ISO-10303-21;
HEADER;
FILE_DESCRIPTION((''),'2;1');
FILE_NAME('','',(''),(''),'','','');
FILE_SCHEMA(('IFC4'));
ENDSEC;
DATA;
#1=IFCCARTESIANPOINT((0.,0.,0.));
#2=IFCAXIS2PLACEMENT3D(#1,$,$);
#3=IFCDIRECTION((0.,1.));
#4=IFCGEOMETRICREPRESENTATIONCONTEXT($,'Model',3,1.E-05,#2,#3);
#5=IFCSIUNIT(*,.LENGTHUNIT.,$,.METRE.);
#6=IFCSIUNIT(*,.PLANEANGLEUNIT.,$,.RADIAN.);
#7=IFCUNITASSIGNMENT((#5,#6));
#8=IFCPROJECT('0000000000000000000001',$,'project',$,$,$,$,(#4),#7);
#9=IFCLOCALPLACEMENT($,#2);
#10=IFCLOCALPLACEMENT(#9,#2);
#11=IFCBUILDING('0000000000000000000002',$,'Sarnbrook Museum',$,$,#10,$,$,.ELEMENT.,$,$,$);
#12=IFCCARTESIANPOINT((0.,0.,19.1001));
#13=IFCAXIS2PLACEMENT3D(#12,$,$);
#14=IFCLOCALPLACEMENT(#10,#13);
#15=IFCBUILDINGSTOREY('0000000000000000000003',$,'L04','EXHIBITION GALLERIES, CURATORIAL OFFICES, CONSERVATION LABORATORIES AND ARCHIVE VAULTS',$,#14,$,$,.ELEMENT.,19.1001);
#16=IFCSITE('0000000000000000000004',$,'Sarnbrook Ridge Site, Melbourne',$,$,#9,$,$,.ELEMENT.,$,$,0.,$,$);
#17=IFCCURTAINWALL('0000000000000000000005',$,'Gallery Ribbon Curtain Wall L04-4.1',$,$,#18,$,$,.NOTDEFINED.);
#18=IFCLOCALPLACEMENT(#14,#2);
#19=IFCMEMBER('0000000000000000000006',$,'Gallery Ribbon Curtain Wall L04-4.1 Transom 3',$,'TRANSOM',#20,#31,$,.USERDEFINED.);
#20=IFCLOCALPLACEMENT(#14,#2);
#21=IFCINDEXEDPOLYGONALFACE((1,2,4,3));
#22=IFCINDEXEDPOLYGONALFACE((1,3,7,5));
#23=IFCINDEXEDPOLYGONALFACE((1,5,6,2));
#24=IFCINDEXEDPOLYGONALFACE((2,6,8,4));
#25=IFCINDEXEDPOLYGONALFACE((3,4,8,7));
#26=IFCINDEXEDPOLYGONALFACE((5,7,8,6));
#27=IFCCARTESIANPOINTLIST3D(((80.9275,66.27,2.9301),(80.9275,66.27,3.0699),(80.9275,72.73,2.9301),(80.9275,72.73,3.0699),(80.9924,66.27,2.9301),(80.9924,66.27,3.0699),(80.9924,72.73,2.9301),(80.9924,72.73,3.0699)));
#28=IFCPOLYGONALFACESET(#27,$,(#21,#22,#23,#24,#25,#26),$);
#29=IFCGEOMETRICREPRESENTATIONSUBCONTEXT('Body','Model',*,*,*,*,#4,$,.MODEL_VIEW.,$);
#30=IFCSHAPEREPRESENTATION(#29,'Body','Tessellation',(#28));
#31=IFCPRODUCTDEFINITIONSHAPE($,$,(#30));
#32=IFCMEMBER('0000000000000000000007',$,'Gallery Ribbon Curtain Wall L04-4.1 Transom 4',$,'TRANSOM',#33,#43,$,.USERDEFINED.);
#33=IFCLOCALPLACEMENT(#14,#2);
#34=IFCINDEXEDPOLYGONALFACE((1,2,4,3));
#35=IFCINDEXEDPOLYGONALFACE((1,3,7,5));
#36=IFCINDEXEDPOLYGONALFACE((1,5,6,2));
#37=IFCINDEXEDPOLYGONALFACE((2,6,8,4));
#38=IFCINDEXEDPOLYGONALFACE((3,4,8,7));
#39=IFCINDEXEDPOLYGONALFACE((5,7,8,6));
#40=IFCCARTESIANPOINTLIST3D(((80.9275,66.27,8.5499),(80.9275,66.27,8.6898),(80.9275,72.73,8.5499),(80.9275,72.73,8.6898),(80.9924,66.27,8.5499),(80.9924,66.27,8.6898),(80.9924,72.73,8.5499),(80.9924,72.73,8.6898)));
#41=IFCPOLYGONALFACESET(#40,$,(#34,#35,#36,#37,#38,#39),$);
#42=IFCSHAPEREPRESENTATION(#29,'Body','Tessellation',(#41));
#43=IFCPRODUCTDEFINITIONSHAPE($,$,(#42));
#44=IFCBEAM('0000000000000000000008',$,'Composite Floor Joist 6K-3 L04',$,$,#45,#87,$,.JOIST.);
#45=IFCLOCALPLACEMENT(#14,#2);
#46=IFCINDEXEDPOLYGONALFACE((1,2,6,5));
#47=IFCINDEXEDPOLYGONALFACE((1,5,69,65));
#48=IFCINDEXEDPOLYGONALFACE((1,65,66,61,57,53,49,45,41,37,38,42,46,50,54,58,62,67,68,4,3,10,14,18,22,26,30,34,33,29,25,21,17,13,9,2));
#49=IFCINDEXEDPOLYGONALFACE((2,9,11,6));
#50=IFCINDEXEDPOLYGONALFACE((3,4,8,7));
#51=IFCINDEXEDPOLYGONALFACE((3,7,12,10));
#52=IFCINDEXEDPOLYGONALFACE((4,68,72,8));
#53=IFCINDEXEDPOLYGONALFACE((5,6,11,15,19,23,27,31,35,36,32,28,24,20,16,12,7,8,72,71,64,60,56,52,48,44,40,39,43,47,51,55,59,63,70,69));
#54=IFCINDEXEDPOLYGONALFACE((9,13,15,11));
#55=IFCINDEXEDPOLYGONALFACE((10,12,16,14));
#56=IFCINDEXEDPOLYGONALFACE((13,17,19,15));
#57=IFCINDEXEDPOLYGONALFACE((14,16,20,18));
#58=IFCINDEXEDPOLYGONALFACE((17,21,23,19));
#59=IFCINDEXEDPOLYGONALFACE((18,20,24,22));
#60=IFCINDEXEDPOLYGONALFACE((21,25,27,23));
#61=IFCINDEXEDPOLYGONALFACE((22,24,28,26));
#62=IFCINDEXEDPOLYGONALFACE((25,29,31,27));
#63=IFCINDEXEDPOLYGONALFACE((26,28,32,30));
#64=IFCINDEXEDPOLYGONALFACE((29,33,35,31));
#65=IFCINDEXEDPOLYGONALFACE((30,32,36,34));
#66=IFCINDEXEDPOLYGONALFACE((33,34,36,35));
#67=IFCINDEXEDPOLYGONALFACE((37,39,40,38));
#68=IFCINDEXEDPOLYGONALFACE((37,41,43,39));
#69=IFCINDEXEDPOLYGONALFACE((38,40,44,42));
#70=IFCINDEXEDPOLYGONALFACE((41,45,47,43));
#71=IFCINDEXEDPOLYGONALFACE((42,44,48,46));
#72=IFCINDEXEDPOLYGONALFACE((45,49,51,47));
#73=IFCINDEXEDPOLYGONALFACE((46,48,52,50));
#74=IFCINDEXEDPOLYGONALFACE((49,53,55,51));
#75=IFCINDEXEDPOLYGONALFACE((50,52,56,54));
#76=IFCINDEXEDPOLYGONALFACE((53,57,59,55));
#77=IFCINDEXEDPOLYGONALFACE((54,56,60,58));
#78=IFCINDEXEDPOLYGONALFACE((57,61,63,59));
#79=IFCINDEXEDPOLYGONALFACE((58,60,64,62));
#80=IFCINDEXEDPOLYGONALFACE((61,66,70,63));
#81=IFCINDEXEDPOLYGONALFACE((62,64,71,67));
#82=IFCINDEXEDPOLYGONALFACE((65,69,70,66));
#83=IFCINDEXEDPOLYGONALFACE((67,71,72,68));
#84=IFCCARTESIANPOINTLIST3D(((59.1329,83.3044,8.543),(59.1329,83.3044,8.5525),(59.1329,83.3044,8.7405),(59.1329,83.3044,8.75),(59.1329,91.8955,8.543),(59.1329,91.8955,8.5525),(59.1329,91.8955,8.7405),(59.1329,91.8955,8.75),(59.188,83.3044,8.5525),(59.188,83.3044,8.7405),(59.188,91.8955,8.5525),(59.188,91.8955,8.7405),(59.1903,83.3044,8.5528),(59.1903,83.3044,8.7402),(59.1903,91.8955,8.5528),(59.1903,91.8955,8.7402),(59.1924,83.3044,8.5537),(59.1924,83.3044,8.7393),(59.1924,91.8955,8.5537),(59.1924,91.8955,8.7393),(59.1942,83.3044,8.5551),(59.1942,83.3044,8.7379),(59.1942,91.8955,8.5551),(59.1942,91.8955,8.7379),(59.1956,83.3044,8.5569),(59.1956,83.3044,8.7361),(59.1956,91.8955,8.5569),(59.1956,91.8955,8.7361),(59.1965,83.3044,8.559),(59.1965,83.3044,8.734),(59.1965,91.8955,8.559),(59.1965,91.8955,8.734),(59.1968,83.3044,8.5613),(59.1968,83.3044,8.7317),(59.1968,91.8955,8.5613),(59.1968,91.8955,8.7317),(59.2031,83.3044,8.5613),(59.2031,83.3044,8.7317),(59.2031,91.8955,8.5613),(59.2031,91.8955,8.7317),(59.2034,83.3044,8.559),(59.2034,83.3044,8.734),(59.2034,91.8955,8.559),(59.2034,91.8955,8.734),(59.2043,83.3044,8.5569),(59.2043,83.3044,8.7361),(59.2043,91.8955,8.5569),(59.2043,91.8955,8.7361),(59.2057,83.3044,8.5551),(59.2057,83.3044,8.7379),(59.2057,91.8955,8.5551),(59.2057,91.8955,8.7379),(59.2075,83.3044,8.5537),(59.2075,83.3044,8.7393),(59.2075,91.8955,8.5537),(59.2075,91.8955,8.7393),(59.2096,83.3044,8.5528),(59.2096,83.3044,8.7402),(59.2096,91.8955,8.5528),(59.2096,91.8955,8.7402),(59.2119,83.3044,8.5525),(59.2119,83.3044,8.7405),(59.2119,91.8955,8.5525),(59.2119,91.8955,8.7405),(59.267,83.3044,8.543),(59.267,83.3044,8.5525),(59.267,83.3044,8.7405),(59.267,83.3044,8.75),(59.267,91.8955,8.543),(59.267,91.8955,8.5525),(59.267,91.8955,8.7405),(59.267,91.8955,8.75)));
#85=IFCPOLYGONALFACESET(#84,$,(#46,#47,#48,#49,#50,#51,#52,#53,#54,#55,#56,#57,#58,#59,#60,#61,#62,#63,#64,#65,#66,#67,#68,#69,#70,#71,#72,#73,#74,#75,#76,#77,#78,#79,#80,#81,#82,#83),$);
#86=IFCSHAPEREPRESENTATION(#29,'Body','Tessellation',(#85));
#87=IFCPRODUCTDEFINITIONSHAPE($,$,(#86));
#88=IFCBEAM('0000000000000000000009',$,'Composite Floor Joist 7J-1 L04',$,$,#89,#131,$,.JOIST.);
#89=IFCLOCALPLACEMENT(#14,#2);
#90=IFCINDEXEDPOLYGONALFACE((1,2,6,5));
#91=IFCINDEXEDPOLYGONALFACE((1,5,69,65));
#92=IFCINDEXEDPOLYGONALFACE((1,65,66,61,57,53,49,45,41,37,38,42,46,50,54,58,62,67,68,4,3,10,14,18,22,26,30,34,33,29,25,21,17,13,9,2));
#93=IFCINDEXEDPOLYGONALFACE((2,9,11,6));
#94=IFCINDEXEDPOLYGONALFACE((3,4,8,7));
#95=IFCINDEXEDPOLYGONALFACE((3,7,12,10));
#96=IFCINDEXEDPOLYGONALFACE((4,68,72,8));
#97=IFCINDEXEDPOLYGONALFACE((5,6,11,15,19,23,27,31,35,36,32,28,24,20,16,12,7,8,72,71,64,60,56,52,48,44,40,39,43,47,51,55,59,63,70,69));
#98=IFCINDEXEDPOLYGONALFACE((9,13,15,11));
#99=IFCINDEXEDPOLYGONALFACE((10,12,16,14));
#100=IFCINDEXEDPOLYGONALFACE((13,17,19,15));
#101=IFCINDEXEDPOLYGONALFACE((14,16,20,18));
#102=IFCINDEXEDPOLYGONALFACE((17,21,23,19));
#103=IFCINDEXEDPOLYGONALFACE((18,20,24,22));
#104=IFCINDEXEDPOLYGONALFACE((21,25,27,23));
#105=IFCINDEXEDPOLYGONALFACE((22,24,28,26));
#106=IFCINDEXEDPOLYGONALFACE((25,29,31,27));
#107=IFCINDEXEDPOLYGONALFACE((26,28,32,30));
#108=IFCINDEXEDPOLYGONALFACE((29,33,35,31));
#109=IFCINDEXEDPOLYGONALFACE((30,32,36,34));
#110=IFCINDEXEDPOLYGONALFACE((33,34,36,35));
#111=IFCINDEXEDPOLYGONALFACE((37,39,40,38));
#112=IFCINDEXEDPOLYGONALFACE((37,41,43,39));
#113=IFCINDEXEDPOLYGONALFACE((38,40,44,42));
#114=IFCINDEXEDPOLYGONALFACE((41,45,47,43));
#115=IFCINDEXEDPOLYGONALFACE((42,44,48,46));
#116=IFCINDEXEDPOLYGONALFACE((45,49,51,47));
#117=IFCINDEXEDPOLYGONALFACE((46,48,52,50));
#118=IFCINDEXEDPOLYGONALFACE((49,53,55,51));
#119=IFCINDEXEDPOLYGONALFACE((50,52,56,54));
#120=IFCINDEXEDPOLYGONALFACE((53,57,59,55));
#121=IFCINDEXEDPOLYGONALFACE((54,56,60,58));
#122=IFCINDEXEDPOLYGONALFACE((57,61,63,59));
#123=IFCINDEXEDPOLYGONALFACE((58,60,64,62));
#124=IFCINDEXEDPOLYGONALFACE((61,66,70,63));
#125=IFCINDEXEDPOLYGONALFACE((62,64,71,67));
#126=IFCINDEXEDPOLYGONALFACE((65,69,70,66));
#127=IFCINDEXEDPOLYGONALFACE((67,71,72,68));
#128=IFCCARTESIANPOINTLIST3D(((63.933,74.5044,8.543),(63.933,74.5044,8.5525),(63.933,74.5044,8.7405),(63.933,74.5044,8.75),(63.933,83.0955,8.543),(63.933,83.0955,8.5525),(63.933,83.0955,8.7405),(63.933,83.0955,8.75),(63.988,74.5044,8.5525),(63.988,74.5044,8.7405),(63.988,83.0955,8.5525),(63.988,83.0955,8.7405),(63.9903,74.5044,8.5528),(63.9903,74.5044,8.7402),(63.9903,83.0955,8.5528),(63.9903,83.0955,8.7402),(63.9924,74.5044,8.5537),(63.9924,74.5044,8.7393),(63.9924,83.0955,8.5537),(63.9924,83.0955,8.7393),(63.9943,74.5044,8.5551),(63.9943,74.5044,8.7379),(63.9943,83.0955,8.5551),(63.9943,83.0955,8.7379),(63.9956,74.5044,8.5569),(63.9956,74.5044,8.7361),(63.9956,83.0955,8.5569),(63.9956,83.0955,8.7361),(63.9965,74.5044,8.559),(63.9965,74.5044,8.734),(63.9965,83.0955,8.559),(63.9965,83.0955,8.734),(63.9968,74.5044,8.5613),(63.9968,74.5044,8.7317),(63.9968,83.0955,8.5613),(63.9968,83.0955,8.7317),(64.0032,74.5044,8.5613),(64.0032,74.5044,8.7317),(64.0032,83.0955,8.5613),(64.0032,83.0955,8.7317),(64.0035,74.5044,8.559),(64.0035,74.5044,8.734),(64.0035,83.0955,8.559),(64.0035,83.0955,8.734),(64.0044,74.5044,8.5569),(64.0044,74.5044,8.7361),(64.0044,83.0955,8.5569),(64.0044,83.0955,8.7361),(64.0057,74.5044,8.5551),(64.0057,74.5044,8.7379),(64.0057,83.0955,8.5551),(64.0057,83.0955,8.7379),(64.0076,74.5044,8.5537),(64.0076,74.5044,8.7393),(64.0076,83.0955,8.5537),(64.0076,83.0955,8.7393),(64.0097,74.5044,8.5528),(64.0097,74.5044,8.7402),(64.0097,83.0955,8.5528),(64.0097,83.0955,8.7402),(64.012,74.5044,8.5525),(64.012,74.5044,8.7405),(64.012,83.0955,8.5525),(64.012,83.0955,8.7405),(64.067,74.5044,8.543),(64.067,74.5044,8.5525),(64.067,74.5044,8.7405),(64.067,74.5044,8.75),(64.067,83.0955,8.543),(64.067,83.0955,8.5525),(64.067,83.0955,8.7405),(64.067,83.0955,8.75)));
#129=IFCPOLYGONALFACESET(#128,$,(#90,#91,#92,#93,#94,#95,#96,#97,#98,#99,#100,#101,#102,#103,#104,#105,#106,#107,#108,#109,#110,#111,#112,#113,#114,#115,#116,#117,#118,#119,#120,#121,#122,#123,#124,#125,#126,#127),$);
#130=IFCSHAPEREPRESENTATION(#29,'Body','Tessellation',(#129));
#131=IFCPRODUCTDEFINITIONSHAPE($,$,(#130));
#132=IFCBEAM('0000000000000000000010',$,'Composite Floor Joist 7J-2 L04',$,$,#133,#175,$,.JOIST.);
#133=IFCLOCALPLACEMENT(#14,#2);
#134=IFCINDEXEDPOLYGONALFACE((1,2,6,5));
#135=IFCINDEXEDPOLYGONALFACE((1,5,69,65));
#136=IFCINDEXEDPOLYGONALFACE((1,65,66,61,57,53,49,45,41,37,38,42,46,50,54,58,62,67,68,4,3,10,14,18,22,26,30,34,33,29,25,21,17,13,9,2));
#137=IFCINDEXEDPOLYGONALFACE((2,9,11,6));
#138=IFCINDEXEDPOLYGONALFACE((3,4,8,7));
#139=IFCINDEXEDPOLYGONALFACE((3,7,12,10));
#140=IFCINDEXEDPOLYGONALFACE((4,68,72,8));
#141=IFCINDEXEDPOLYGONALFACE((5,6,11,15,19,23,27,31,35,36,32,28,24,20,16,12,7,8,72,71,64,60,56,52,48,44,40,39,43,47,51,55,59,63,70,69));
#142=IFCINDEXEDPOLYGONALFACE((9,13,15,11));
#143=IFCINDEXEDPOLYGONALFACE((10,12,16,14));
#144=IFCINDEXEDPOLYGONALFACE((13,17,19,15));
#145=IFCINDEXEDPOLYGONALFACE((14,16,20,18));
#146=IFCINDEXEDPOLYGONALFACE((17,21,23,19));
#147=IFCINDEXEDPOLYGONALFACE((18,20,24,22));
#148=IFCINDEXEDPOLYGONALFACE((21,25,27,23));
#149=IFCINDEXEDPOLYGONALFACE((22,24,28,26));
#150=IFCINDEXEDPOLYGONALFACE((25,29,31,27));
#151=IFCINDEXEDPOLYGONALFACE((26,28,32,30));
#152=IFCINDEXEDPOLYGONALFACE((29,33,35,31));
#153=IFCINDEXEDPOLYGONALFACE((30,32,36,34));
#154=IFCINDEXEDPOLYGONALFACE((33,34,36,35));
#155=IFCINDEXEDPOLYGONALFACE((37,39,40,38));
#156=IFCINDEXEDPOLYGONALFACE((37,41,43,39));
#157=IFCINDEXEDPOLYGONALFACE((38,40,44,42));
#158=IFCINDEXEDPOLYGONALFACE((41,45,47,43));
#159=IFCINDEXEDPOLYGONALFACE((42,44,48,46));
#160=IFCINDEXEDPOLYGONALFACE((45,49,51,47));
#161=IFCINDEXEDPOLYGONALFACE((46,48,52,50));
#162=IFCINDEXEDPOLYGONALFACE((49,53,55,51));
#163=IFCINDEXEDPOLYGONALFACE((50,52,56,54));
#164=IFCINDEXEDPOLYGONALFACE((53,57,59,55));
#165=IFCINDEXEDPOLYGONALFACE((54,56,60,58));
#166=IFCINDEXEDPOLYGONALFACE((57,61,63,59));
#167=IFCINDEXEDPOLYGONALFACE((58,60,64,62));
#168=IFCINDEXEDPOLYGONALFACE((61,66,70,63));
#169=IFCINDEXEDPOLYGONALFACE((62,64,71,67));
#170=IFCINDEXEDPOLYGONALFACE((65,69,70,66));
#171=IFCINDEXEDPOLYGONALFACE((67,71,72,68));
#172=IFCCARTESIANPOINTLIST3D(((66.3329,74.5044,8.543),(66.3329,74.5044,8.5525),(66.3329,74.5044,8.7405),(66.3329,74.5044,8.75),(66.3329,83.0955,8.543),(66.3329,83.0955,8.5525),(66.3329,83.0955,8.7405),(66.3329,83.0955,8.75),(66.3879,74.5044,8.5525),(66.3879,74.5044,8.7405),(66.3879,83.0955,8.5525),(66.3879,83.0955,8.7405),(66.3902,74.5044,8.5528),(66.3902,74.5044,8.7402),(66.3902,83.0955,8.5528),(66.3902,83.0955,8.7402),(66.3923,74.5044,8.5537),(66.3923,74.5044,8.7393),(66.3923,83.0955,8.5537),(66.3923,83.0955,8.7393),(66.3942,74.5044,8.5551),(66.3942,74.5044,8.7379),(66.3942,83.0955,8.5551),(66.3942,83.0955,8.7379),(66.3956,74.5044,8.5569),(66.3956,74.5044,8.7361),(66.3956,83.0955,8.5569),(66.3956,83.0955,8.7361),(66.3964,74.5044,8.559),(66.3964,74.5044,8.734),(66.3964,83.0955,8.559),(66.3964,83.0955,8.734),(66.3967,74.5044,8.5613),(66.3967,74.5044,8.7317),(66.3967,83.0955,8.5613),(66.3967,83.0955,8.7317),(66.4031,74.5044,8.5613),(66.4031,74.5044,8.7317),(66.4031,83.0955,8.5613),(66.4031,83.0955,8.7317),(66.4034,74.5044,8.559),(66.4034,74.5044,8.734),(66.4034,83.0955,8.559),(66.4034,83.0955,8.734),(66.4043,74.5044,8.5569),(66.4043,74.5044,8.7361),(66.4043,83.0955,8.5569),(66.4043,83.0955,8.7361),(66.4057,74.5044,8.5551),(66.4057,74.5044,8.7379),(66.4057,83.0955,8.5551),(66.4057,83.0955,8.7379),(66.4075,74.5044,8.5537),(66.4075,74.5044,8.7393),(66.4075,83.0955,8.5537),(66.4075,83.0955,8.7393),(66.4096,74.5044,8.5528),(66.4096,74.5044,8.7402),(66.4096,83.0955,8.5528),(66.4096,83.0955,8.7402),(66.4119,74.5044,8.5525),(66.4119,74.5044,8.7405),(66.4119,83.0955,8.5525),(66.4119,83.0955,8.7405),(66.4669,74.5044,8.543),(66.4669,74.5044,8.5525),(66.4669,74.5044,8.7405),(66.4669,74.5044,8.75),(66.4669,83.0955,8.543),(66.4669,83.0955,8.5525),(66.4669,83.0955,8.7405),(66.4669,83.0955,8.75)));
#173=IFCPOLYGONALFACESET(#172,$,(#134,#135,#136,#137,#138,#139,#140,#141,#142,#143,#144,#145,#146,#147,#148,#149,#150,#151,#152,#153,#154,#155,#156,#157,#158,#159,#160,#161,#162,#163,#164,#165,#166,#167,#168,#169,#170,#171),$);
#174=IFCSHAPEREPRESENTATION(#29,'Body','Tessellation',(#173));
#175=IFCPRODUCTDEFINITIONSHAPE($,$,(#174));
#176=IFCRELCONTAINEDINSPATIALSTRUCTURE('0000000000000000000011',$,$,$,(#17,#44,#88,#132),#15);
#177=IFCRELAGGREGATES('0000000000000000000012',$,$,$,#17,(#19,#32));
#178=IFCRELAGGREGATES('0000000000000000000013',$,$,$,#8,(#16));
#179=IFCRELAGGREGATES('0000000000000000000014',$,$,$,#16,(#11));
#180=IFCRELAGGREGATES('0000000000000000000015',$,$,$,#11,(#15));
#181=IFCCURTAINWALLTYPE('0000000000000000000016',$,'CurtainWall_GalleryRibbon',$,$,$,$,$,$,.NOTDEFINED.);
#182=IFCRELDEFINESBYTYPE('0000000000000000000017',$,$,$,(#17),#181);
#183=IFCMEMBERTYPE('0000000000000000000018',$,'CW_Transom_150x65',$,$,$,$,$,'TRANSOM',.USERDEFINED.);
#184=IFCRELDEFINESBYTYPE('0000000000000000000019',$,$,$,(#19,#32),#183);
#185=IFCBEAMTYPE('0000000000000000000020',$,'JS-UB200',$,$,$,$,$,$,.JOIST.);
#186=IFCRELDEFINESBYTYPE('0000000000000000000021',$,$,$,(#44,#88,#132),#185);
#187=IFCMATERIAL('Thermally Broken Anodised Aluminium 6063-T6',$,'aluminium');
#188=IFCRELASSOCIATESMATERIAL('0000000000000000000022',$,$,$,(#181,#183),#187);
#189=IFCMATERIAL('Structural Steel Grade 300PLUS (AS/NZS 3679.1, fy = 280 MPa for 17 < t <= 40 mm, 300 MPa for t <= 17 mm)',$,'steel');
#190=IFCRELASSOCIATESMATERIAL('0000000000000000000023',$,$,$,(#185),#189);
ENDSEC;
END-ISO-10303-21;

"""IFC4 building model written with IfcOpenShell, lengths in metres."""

from ifc_helpers import new_model, si_unit, direction, frame, origin, origin_2d, place, context, subcontext, project, spatial, rectangle, i_section, extrude, material, material_profile, profile_set, type_object, element, aggregate, save


model = new_model("IFC4")

# Units and contexts
model_context = context("Model", 3, precision=1e-05, world=origin(), true_north=direction((0.0, 1.0)))
body_context = subcontext(model_context, "Body", "Model", "MODEL_VIEW")
ifc_project = project(units=[si_unit("LENGTHUNIT", "METRE"), si_unit("PLANEANGLEUNIT", "RADIAN")], contexts=[model_context])

# Site, building, storey
site_placement = place(None, origin())
site = spatial("IfcSite", under=ifc_project, at=site_placement, Name="Sarnbrook Ridge Site, Melbourne", CompositionType="ELEMENT", RefElevation=0.0)
building_placement = place(site_placement, origin())
building = spatial("IfcBuilding", under=site, at=building_placement, Name="Sarnbrook Museum", CompositionType="ELEMENT")
storey_placement = place(building_placement, frame((0.0, 0.0, 19.1001)))
storey = spatial("IfcBuildingStorey", under=building, at=storey_placement, Name="L04", Description="EXHIBITION GALLERIES, CURATORIAL OFFICES, CONSERVATION LABORATORIES AND ARCHIVE VAULTS", CompositionType="ELEMENT", Elevation=19.1001)

# Shared definitions
ifc_material_1 = material(Name="Structural Steel Grade 300PLUS (AS/NZS 3679.1, fy = 280 MPa for 17 < t <= 40 mm, 300 MPa for t <= 17 mm)", Category="steel")

# Curtain wall, members
ifc_material_2 = material(Name="Thermally Broken Anodised Aluminium 6063-T6", Category="aluminium")
curtain_wall_type = type_object("IfcCurtainWallType", Name="CurtainWall_GalleryRibbon", PredefinedType="NOTDEFINED", material=ifc_material_2)
curtain_wall_placement = place(storey_placement, origin())
curtain_wall = element("IfcCurtainWall", 1, at=curtain_wall_placement, inside=storey, type_object=curtain_wall_type, Name="Gallery Ribbon Curtain Wall L04-4.1", PredefinedType="NOTDEFINED")
ifc_material_profile_1 = material_profile(ifc_material_2, rectangle(XDim=0.0649, YDim=0.1399, at=origin_2d()), Name="ALU TRANSOM 65x140")
ifc_profile_set_1 = profile_set([ifc_material_profile_1], Name="Thermally Broken Anodised Aluminium 6063-T6")
member_type_1 = type_object("IfcMemberType", Name="CW_Transom_150x65", ElementType="TRANSOM", PredefinedType="USERDEFINED", material=ifc_profile_set_1)
member_1_placement = place(storey_placement, frame((80.96, 72.73, 3.0), z_axis=(0.0, -1.0, 0.0), x_axis=(1.0, 0.0, 0.0)))
member_1 = element("IfcMember", 2, at=member_1_placement, type_object=member_type_1, Name="Gallery Ribbon Curtain Wall L04-4.1 Transom 3", ObjectType="TRANSOM", PredefinedType="USERDEFINED", context=body_context, shape_type="SweptSolid", body=[
    extrude(rectangle(XDim=0.0649, YDim=0.1399, at=origin_2d()), origin(), (0.0, 0.0, 1.0), 6.46),
])
member_2_placement = place(storey_placement, frame((80.96, 72.73, 8.6199), z_axis=(0.0, -1.0, 0.0), x_axis=(1.0, 0.0, 0.0)))
member_2 = element("IfcMember", 3, at=member_2_placement, type_object=member_type_1, Name="Gallery Ribbon Curtain Wall L04-4.1 Transom 4", ObjectType="TRANSOM", PredefinedType="USERDEFINED", context=body_context, shape_type="SweptSolid", body=[
    extrude(rectangle(XDim=0.0649, YDim=0.1399, at=origin_2d()), origin(), (0.0, 0.0, 1.0), 6.46),
])
aggregate(curtain_wall, [member_1, member_2])

# Beams
ifc_material_profile_2 = material_profile(ifc_material_1, i_section(OverallWidth=0.134, OverallDepth=0.207, WebThickness=0.0063, FlangeThickness=0.0095, FilletRadius=0.0088, at=origin_2d()), Name="200UB29.8")
ifc_profile_set_2 = profile_set([ifc_material_profile_2], Name="Structural Steel Grade 300PLUS (AS/NZS 3679.1, fy = 280 MPa for 17 < t <= 40 mm, 300 MPa for t <= 17 mm)")
beam_type_1 = type_object("IfcBeamType", Name="JS-UB200", PredefinedType="JOIST", material=ifc_profile_set_2)
for number, where, z_axis, x_axis, name in (
    (4, (59.2, 83.3044, 8.6465), (0.0, 1.0, 0.0), (-1.0, 0.0, 0.0), "Composite Floor Joist 6K-3 L04"),
    (5, (64.0, 74.5044, 8.6465), (0.0, 1.0, 0.0), (-1.0, 0.0, 0.0), "Composite Floor Joist 7J-1 L04"),
    (6, (66.3999, 74.5044, 8.6465), (0.0, 1.0, 0.0), (-1.0, 0.0, 0.0), "Composite Floor Joist 7J-2 L04"),
):
    element("IfcBeam", number, at=place(storey_placement, frame(where, z_axis=z_axis, x_axis=x_axis)), inside=storey, type_object=beam_type_1, Name=name, PredefinedType="JOIST", context=body_context, shape_type="SweptSolid", body=[
        extrude(i_section(OverallWidth=0.134, OverallDepth=0.207, WebThickness=0.0063, FlangeThickness=0.0095, FilletRadius=0.0088, at=origin_2d()), origin(), (0.0, 0.0, 1.0), 8.5911),
    ])

save(model, "model.ifc")
